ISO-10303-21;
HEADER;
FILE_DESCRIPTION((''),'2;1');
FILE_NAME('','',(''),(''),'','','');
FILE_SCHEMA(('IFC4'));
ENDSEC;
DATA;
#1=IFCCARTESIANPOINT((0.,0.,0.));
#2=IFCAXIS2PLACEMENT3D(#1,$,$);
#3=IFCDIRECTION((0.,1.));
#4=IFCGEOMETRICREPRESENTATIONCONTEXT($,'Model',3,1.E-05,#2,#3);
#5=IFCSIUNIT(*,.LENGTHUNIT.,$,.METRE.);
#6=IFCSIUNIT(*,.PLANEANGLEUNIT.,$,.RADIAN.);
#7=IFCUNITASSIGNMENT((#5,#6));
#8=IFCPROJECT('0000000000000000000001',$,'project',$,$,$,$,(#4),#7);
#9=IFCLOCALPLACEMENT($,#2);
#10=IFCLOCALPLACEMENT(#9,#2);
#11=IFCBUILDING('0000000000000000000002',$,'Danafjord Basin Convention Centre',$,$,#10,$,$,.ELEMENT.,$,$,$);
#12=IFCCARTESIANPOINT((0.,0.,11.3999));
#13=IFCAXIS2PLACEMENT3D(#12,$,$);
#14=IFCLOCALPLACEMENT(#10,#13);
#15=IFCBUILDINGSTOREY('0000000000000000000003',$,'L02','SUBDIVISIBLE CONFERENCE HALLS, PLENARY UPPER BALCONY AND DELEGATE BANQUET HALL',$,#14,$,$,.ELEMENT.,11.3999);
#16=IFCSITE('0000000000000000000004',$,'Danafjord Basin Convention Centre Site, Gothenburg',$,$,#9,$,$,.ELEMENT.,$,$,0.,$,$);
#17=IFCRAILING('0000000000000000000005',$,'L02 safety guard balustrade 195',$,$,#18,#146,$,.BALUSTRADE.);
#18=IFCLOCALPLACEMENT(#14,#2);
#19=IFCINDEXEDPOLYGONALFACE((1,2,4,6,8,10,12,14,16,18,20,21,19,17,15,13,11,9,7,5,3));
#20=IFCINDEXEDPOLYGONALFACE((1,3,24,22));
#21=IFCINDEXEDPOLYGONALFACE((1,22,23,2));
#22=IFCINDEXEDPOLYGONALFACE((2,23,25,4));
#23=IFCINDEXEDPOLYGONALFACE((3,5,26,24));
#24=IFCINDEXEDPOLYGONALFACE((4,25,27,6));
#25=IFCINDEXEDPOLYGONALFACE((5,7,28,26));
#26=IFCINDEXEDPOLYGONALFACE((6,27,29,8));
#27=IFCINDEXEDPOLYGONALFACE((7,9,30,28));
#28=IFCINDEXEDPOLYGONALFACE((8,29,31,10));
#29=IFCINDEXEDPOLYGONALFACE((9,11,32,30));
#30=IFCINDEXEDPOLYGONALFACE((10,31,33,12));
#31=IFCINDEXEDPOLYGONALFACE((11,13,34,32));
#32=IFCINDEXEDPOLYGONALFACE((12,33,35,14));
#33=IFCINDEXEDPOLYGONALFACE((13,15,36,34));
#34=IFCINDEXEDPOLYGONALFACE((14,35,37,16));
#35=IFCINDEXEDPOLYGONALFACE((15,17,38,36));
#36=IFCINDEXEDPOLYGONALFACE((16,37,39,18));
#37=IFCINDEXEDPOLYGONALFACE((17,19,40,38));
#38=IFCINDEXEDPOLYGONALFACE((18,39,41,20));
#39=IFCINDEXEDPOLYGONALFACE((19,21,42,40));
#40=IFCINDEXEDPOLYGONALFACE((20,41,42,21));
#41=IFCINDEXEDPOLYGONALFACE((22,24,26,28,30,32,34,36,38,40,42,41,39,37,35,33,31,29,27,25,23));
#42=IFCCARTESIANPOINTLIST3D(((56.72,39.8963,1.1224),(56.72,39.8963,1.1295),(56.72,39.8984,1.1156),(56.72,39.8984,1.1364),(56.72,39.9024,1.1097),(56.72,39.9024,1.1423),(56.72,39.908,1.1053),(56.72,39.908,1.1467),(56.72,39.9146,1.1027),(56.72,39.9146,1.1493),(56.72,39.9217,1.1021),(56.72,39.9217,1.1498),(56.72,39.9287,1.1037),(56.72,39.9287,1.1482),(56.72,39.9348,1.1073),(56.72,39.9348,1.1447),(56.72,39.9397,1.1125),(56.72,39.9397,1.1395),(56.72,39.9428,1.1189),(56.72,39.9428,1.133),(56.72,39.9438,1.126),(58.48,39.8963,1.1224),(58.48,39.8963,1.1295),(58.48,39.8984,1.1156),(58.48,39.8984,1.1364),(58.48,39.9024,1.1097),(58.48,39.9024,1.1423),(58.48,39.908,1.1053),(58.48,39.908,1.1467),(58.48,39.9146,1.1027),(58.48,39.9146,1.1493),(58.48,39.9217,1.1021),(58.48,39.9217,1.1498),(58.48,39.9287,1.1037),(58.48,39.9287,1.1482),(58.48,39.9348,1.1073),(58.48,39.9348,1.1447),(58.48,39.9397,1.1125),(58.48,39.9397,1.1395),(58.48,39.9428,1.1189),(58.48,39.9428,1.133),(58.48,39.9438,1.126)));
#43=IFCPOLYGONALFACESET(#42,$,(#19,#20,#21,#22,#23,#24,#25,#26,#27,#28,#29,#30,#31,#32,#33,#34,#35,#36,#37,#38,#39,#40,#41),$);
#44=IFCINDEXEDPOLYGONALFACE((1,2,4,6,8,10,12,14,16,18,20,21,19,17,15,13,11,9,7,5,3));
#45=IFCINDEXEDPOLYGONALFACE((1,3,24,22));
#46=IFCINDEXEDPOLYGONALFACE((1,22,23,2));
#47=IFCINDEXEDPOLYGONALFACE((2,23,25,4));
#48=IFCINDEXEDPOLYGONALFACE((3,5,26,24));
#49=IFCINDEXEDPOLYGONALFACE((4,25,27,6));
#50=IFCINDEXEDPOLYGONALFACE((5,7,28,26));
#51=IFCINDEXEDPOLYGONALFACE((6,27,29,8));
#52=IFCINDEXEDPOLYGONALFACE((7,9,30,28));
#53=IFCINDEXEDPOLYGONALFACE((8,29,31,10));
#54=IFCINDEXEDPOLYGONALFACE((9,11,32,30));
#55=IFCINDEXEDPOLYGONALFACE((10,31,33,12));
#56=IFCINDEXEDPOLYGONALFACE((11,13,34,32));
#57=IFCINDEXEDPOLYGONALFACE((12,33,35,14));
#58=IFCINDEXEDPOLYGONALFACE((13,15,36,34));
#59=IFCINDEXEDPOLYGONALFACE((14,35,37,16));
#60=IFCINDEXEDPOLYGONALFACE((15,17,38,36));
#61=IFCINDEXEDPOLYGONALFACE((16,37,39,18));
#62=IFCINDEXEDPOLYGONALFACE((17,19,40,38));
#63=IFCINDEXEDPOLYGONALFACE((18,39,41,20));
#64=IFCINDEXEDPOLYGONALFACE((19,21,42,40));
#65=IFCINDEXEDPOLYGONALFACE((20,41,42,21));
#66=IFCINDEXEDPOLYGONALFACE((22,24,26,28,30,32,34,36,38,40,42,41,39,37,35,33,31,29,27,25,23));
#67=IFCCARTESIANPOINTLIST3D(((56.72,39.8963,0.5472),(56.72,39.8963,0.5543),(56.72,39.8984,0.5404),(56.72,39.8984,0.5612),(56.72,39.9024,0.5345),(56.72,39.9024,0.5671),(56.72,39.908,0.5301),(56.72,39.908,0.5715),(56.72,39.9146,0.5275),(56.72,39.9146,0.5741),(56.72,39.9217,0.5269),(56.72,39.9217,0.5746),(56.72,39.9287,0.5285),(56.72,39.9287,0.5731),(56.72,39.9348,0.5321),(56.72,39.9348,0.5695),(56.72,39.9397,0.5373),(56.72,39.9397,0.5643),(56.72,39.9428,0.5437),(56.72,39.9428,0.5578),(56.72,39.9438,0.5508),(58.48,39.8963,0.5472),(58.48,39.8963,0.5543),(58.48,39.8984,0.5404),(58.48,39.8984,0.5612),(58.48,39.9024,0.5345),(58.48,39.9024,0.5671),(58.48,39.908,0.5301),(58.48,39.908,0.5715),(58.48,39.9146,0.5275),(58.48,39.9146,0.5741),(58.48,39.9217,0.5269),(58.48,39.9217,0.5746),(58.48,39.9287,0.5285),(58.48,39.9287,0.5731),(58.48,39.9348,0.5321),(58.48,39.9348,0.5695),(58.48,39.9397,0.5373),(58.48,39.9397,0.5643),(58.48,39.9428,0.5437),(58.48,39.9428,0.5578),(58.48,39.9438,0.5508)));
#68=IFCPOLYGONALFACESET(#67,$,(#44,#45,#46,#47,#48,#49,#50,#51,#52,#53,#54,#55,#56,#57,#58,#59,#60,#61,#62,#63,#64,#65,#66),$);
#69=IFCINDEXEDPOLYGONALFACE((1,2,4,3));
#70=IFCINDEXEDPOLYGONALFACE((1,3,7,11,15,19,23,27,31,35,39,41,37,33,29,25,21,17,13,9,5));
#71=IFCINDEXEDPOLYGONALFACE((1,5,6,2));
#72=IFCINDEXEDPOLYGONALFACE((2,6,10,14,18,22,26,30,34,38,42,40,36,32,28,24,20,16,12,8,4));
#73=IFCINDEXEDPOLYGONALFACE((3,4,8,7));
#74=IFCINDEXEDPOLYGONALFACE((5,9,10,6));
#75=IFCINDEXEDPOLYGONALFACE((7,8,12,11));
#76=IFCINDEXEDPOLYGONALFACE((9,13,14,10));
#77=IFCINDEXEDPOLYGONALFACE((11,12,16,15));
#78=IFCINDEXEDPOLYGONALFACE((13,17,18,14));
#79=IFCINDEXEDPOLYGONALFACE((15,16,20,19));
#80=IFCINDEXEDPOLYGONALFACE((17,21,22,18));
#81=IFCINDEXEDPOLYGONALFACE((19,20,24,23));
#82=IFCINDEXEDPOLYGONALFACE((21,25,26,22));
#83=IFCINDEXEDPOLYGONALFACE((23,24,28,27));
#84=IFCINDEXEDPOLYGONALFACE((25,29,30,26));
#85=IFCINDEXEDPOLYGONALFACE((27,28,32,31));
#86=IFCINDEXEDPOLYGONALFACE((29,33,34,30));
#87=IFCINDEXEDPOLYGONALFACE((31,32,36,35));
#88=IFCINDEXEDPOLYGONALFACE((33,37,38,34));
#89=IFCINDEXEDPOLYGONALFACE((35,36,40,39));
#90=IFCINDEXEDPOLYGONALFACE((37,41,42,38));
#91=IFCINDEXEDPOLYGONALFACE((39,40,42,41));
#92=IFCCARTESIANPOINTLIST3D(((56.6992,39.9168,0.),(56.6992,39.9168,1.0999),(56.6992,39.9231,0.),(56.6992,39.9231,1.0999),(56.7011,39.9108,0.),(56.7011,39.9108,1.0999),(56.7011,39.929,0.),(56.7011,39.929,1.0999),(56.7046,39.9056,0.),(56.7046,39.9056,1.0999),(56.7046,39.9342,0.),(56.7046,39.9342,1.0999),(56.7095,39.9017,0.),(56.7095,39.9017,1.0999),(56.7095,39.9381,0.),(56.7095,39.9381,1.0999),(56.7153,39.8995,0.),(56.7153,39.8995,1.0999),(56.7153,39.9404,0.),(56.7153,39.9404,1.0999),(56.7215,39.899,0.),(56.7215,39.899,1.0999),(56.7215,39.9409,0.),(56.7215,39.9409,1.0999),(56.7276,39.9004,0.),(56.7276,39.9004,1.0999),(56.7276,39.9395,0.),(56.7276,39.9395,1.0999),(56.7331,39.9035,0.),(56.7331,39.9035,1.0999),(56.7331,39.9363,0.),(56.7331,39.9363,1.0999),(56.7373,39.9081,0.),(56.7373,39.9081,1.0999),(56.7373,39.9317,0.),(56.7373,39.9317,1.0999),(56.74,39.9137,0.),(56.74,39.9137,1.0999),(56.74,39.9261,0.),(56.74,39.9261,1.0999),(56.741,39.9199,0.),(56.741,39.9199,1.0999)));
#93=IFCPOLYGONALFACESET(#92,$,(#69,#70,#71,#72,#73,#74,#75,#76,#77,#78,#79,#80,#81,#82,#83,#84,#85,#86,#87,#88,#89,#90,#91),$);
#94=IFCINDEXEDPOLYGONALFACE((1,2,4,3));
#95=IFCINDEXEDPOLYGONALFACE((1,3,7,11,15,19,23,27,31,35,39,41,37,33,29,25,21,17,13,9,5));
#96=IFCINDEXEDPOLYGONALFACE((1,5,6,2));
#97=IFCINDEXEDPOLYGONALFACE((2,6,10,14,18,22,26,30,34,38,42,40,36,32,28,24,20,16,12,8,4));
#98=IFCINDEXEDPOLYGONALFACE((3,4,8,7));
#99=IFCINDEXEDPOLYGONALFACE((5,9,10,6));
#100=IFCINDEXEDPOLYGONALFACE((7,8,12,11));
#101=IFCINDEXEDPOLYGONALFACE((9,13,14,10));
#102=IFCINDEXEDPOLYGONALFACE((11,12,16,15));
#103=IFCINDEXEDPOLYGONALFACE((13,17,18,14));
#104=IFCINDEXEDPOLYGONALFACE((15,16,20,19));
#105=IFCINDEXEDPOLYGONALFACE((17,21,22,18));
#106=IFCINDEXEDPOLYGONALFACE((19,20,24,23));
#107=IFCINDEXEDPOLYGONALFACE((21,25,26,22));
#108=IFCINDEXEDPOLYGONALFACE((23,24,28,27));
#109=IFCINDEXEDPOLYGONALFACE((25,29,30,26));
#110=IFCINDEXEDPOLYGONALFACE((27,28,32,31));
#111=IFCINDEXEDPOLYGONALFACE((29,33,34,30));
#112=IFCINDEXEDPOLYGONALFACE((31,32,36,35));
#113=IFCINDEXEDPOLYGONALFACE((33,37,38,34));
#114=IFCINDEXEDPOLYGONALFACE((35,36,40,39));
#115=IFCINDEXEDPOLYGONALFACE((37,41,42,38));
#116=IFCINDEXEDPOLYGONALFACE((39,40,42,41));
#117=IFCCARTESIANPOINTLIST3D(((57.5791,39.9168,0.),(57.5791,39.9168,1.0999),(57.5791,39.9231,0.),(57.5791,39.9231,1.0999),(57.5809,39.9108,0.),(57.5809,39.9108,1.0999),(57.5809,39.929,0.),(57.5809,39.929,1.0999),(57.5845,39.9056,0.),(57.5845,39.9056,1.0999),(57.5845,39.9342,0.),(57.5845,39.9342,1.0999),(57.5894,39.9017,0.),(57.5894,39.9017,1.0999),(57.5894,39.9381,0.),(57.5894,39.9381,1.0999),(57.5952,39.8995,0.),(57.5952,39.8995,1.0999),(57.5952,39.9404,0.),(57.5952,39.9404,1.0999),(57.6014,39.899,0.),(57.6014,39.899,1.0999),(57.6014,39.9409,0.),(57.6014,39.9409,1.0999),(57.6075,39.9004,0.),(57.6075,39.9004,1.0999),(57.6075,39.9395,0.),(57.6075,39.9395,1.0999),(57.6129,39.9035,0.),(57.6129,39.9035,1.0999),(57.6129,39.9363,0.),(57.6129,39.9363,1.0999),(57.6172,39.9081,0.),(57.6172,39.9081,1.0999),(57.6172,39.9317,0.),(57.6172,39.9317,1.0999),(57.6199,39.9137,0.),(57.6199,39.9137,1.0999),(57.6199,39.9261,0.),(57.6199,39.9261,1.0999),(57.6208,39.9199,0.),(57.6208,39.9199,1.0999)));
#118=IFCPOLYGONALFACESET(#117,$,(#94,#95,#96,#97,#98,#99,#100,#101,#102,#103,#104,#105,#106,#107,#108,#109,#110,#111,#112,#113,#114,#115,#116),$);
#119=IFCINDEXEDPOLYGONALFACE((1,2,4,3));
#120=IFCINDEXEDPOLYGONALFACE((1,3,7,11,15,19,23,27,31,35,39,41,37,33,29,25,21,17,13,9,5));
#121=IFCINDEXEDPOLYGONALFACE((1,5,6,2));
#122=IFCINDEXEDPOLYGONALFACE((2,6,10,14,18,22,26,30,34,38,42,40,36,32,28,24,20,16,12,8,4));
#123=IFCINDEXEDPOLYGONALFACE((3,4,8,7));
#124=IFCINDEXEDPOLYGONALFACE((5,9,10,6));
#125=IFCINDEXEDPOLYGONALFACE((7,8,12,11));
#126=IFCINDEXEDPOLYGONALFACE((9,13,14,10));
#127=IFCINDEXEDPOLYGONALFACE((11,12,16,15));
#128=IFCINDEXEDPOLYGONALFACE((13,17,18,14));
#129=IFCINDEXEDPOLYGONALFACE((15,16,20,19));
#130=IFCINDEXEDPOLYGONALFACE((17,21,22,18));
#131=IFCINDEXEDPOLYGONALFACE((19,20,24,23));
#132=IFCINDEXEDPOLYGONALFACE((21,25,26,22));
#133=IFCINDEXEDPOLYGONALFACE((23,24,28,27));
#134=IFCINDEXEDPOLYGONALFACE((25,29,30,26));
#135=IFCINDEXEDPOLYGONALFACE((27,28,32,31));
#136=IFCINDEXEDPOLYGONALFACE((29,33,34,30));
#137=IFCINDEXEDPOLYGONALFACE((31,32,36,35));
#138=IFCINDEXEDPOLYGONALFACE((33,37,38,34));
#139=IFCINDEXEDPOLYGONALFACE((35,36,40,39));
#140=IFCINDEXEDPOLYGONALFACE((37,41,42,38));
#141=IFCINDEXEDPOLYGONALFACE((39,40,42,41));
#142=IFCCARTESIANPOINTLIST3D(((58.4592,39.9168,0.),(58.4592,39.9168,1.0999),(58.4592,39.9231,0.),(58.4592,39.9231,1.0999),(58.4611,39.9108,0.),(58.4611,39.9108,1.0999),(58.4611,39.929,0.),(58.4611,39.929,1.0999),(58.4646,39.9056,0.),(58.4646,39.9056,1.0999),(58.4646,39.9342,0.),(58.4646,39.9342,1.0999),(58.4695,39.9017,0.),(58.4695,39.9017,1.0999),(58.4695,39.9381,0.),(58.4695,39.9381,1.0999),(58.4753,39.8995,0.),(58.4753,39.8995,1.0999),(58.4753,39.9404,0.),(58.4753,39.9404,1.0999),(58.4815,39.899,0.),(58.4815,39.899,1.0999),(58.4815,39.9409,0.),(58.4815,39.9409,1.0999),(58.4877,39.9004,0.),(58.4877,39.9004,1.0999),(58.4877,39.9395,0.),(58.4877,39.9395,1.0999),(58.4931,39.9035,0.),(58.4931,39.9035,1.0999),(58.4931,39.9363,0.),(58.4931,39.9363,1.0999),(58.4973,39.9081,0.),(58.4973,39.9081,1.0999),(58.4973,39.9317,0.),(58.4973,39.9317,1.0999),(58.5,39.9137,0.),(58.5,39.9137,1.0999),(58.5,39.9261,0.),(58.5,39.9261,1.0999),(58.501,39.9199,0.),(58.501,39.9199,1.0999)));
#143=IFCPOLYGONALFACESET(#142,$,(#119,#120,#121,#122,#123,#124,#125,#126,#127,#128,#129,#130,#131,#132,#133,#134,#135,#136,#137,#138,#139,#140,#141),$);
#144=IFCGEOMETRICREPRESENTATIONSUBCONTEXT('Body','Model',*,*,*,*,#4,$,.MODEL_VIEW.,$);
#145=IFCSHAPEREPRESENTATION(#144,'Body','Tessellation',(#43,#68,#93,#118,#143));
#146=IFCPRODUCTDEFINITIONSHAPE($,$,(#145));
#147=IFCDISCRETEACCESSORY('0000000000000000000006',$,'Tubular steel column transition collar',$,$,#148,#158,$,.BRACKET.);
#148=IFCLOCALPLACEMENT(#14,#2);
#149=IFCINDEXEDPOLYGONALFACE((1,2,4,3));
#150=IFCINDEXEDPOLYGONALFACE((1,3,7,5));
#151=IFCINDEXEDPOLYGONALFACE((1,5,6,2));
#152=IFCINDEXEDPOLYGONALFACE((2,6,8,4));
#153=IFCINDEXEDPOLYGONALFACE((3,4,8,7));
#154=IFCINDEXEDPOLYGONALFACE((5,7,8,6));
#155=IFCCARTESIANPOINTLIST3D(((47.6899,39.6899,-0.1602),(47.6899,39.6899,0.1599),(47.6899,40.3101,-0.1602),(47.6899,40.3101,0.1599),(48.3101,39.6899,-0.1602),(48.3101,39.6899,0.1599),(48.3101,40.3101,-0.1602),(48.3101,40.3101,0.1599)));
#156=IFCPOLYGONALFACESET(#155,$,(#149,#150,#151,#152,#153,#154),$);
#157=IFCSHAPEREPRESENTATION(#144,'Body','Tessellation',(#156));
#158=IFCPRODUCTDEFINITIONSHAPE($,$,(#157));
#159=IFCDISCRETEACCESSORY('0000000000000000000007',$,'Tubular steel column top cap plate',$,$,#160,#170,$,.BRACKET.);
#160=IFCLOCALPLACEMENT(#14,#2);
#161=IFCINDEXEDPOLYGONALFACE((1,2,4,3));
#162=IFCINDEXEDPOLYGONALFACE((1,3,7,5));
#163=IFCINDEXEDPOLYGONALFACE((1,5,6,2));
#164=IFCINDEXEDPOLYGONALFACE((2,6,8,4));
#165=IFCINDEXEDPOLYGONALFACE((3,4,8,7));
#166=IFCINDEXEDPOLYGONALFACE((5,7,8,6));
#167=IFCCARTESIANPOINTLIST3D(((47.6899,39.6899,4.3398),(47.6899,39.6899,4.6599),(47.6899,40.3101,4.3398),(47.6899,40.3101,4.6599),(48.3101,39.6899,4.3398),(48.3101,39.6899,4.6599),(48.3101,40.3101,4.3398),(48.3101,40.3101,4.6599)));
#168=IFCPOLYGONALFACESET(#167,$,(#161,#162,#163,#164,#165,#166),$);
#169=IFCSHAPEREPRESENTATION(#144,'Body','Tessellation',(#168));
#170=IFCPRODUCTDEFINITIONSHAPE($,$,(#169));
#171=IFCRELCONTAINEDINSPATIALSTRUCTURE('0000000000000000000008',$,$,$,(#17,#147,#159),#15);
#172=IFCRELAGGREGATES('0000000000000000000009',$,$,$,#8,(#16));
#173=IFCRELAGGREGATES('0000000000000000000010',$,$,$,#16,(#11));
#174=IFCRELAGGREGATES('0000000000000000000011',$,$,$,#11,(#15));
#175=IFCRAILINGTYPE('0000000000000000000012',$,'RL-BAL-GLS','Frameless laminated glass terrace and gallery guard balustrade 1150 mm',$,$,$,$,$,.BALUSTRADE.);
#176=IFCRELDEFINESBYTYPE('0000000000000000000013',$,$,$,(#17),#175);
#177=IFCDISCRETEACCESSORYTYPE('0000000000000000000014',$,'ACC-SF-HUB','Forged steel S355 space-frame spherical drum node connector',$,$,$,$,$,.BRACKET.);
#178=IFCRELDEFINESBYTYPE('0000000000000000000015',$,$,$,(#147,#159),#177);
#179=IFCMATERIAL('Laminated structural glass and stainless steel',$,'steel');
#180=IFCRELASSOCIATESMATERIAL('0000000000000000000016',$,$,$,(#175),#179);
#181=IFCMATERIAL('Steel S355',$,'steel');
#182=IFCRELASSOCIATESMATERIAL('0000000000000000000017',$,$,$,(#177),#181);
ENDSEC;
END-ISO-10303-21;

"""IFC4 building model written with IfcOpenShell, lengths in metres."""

from ifc_helpers import new_model, si_unit, direction, frame, origin, origin_2d, place, context, subcontext, project, spatial, rectangle, circle, extrude, material, type_object, element, save


model = new_model("IFC4")

# Units and contexts
model_context = context("Model", 3, precision=1e-05, world=origin(), true_north=direction((0.0, 1.0)))
body_context = subcontext(model_context, "Body", "Model", "MODEL_VIEW")
ifc_project = project(units=[si_unit("LENGTHUNIT", "METRE"), si_unit("PLANEANGLEUNIT", "RADIAN")], contexts=[model_context])

# Site, building, storey
site_placement = place(None, origin())
site = spatial("IfcSite", under=ifc_project, at=site_placement, Name="Danafjord Basin Convention Centre Site, Gothenburg", CompositionType="ELEMENT", RefElevation=0.0)
building_placement = place(site_placement, origin())
building = spatial("IfcBuilding", under=site, at=building_placement, Name="Danafjord Basin Convention Centre", CompositionType="ELEMENT")
storey_placement = place(building_placement, frame((0.0, 0.0, 11.3999)))
storey = spatial("IfcBuildingStorey", under=building, at=storey_placement, Name="L02", Description="SUBDIVISIBLE CONFERENCE HALLS, PLENARY UPPER BALCONY AND DELEGATE BANQUET HALL", CompositionType="ELEMENT", Elevation=11.3999)

# Shared definitions
ifc_material_1 = material(Name="Steel S355", Category="steel")

# Railing
ifc_material_2 = material(Name="Laminated structural glass and stainless steel", Category="steel")
railing_type = type_object("IfcRailingType", Name="RL-BAL-GLS", Description="Frameless laminated glass terrace and gallery guard balustrade 1150 mm", PredefinedType="BALUSTRADE", material=ifc_material_2)
railing_placement = place(storey_placement, frame((56.72, 39.9199, 0.0)))
element("IfcRailing", 1, at=railing_placement, inside=storey, type_object=railing_type, Name="L02 safety guard balustrade 195", PredefinedType="BALUSTRADE", context=body_context, shape_type="SweptSolid", body=[
    extrude(circle(Radius=0.0239, at=origin_2d()), frame((0.0, 0.0, 1.126), z_axis=(1.0, 0.0, 0.0), x_axis=(0.0, 1.0, 0.0)), (0.0, 0.0, 1.0), 1.76),
    extrude(circle(Radius=0.0239, at=origin_2d()), frame((0.0, 0.0, 0.5508), z_axis=(1.0, 0.0, 0.0), x_axis=(0.0, 1.0, 0.0)), (0.0, 0.0, 1.0), 1.76),
    extrude(circle(Radius=0.021, at=origin_2d()), origin(), (0.0, 0.0, 1.0), 1.0999),
    extrude(circle(Radius=0.021, at=origin_2d()), frame((0.8799, 0.0, 0.0)), (0.0, 0.0, 1.0), 1.0999),
    extrude(circle(Radius=0.021, at=origin_2d()), frame((1.76, 0.0, 0.0)), (0.0, 0.0, 1.0), 1.0999),
])

# Discrete accessories
discrete_accessory_type = type_object("IfcDiscreteAccessoryType", Name="ACC-SF-HUB", Description="Forged steel S355 space-frame spherical drum node connector", PredefinedType="BRACKET", material=ifc_material_1)
for number, where, z_axis, x_axis, name in (
    (2, (48.0, 40.0, -0.1602), (0.0, 0.0, 1.0), (1.0, 0.0, 0.0), "Tubular steel column transition collar"),
    (3, (48.0, 40.0, 4.3398), (0.0, 0.0, 1.0), (1.0, 0.0, 0.0), "Tubular steel column top cap plate"),
):
    element("IfcDiscreteAccessory", number, at=place(storey_placement, frame(where, z_axis=z_axis, x_axis=x_axis)), inside=storey, type_object=discrete_accessory_type, Name=name, PredefinedType="BRACKET", context=body_context, shape_type="SweptSolid", body=[
        extrude(rectangle(XDim=0.6201, YDim=0.6201, at=origin_2d()), origin(), (0.0, 0.0, 1.0), 0.3201),
    ])

save(model, "model.ifc")
